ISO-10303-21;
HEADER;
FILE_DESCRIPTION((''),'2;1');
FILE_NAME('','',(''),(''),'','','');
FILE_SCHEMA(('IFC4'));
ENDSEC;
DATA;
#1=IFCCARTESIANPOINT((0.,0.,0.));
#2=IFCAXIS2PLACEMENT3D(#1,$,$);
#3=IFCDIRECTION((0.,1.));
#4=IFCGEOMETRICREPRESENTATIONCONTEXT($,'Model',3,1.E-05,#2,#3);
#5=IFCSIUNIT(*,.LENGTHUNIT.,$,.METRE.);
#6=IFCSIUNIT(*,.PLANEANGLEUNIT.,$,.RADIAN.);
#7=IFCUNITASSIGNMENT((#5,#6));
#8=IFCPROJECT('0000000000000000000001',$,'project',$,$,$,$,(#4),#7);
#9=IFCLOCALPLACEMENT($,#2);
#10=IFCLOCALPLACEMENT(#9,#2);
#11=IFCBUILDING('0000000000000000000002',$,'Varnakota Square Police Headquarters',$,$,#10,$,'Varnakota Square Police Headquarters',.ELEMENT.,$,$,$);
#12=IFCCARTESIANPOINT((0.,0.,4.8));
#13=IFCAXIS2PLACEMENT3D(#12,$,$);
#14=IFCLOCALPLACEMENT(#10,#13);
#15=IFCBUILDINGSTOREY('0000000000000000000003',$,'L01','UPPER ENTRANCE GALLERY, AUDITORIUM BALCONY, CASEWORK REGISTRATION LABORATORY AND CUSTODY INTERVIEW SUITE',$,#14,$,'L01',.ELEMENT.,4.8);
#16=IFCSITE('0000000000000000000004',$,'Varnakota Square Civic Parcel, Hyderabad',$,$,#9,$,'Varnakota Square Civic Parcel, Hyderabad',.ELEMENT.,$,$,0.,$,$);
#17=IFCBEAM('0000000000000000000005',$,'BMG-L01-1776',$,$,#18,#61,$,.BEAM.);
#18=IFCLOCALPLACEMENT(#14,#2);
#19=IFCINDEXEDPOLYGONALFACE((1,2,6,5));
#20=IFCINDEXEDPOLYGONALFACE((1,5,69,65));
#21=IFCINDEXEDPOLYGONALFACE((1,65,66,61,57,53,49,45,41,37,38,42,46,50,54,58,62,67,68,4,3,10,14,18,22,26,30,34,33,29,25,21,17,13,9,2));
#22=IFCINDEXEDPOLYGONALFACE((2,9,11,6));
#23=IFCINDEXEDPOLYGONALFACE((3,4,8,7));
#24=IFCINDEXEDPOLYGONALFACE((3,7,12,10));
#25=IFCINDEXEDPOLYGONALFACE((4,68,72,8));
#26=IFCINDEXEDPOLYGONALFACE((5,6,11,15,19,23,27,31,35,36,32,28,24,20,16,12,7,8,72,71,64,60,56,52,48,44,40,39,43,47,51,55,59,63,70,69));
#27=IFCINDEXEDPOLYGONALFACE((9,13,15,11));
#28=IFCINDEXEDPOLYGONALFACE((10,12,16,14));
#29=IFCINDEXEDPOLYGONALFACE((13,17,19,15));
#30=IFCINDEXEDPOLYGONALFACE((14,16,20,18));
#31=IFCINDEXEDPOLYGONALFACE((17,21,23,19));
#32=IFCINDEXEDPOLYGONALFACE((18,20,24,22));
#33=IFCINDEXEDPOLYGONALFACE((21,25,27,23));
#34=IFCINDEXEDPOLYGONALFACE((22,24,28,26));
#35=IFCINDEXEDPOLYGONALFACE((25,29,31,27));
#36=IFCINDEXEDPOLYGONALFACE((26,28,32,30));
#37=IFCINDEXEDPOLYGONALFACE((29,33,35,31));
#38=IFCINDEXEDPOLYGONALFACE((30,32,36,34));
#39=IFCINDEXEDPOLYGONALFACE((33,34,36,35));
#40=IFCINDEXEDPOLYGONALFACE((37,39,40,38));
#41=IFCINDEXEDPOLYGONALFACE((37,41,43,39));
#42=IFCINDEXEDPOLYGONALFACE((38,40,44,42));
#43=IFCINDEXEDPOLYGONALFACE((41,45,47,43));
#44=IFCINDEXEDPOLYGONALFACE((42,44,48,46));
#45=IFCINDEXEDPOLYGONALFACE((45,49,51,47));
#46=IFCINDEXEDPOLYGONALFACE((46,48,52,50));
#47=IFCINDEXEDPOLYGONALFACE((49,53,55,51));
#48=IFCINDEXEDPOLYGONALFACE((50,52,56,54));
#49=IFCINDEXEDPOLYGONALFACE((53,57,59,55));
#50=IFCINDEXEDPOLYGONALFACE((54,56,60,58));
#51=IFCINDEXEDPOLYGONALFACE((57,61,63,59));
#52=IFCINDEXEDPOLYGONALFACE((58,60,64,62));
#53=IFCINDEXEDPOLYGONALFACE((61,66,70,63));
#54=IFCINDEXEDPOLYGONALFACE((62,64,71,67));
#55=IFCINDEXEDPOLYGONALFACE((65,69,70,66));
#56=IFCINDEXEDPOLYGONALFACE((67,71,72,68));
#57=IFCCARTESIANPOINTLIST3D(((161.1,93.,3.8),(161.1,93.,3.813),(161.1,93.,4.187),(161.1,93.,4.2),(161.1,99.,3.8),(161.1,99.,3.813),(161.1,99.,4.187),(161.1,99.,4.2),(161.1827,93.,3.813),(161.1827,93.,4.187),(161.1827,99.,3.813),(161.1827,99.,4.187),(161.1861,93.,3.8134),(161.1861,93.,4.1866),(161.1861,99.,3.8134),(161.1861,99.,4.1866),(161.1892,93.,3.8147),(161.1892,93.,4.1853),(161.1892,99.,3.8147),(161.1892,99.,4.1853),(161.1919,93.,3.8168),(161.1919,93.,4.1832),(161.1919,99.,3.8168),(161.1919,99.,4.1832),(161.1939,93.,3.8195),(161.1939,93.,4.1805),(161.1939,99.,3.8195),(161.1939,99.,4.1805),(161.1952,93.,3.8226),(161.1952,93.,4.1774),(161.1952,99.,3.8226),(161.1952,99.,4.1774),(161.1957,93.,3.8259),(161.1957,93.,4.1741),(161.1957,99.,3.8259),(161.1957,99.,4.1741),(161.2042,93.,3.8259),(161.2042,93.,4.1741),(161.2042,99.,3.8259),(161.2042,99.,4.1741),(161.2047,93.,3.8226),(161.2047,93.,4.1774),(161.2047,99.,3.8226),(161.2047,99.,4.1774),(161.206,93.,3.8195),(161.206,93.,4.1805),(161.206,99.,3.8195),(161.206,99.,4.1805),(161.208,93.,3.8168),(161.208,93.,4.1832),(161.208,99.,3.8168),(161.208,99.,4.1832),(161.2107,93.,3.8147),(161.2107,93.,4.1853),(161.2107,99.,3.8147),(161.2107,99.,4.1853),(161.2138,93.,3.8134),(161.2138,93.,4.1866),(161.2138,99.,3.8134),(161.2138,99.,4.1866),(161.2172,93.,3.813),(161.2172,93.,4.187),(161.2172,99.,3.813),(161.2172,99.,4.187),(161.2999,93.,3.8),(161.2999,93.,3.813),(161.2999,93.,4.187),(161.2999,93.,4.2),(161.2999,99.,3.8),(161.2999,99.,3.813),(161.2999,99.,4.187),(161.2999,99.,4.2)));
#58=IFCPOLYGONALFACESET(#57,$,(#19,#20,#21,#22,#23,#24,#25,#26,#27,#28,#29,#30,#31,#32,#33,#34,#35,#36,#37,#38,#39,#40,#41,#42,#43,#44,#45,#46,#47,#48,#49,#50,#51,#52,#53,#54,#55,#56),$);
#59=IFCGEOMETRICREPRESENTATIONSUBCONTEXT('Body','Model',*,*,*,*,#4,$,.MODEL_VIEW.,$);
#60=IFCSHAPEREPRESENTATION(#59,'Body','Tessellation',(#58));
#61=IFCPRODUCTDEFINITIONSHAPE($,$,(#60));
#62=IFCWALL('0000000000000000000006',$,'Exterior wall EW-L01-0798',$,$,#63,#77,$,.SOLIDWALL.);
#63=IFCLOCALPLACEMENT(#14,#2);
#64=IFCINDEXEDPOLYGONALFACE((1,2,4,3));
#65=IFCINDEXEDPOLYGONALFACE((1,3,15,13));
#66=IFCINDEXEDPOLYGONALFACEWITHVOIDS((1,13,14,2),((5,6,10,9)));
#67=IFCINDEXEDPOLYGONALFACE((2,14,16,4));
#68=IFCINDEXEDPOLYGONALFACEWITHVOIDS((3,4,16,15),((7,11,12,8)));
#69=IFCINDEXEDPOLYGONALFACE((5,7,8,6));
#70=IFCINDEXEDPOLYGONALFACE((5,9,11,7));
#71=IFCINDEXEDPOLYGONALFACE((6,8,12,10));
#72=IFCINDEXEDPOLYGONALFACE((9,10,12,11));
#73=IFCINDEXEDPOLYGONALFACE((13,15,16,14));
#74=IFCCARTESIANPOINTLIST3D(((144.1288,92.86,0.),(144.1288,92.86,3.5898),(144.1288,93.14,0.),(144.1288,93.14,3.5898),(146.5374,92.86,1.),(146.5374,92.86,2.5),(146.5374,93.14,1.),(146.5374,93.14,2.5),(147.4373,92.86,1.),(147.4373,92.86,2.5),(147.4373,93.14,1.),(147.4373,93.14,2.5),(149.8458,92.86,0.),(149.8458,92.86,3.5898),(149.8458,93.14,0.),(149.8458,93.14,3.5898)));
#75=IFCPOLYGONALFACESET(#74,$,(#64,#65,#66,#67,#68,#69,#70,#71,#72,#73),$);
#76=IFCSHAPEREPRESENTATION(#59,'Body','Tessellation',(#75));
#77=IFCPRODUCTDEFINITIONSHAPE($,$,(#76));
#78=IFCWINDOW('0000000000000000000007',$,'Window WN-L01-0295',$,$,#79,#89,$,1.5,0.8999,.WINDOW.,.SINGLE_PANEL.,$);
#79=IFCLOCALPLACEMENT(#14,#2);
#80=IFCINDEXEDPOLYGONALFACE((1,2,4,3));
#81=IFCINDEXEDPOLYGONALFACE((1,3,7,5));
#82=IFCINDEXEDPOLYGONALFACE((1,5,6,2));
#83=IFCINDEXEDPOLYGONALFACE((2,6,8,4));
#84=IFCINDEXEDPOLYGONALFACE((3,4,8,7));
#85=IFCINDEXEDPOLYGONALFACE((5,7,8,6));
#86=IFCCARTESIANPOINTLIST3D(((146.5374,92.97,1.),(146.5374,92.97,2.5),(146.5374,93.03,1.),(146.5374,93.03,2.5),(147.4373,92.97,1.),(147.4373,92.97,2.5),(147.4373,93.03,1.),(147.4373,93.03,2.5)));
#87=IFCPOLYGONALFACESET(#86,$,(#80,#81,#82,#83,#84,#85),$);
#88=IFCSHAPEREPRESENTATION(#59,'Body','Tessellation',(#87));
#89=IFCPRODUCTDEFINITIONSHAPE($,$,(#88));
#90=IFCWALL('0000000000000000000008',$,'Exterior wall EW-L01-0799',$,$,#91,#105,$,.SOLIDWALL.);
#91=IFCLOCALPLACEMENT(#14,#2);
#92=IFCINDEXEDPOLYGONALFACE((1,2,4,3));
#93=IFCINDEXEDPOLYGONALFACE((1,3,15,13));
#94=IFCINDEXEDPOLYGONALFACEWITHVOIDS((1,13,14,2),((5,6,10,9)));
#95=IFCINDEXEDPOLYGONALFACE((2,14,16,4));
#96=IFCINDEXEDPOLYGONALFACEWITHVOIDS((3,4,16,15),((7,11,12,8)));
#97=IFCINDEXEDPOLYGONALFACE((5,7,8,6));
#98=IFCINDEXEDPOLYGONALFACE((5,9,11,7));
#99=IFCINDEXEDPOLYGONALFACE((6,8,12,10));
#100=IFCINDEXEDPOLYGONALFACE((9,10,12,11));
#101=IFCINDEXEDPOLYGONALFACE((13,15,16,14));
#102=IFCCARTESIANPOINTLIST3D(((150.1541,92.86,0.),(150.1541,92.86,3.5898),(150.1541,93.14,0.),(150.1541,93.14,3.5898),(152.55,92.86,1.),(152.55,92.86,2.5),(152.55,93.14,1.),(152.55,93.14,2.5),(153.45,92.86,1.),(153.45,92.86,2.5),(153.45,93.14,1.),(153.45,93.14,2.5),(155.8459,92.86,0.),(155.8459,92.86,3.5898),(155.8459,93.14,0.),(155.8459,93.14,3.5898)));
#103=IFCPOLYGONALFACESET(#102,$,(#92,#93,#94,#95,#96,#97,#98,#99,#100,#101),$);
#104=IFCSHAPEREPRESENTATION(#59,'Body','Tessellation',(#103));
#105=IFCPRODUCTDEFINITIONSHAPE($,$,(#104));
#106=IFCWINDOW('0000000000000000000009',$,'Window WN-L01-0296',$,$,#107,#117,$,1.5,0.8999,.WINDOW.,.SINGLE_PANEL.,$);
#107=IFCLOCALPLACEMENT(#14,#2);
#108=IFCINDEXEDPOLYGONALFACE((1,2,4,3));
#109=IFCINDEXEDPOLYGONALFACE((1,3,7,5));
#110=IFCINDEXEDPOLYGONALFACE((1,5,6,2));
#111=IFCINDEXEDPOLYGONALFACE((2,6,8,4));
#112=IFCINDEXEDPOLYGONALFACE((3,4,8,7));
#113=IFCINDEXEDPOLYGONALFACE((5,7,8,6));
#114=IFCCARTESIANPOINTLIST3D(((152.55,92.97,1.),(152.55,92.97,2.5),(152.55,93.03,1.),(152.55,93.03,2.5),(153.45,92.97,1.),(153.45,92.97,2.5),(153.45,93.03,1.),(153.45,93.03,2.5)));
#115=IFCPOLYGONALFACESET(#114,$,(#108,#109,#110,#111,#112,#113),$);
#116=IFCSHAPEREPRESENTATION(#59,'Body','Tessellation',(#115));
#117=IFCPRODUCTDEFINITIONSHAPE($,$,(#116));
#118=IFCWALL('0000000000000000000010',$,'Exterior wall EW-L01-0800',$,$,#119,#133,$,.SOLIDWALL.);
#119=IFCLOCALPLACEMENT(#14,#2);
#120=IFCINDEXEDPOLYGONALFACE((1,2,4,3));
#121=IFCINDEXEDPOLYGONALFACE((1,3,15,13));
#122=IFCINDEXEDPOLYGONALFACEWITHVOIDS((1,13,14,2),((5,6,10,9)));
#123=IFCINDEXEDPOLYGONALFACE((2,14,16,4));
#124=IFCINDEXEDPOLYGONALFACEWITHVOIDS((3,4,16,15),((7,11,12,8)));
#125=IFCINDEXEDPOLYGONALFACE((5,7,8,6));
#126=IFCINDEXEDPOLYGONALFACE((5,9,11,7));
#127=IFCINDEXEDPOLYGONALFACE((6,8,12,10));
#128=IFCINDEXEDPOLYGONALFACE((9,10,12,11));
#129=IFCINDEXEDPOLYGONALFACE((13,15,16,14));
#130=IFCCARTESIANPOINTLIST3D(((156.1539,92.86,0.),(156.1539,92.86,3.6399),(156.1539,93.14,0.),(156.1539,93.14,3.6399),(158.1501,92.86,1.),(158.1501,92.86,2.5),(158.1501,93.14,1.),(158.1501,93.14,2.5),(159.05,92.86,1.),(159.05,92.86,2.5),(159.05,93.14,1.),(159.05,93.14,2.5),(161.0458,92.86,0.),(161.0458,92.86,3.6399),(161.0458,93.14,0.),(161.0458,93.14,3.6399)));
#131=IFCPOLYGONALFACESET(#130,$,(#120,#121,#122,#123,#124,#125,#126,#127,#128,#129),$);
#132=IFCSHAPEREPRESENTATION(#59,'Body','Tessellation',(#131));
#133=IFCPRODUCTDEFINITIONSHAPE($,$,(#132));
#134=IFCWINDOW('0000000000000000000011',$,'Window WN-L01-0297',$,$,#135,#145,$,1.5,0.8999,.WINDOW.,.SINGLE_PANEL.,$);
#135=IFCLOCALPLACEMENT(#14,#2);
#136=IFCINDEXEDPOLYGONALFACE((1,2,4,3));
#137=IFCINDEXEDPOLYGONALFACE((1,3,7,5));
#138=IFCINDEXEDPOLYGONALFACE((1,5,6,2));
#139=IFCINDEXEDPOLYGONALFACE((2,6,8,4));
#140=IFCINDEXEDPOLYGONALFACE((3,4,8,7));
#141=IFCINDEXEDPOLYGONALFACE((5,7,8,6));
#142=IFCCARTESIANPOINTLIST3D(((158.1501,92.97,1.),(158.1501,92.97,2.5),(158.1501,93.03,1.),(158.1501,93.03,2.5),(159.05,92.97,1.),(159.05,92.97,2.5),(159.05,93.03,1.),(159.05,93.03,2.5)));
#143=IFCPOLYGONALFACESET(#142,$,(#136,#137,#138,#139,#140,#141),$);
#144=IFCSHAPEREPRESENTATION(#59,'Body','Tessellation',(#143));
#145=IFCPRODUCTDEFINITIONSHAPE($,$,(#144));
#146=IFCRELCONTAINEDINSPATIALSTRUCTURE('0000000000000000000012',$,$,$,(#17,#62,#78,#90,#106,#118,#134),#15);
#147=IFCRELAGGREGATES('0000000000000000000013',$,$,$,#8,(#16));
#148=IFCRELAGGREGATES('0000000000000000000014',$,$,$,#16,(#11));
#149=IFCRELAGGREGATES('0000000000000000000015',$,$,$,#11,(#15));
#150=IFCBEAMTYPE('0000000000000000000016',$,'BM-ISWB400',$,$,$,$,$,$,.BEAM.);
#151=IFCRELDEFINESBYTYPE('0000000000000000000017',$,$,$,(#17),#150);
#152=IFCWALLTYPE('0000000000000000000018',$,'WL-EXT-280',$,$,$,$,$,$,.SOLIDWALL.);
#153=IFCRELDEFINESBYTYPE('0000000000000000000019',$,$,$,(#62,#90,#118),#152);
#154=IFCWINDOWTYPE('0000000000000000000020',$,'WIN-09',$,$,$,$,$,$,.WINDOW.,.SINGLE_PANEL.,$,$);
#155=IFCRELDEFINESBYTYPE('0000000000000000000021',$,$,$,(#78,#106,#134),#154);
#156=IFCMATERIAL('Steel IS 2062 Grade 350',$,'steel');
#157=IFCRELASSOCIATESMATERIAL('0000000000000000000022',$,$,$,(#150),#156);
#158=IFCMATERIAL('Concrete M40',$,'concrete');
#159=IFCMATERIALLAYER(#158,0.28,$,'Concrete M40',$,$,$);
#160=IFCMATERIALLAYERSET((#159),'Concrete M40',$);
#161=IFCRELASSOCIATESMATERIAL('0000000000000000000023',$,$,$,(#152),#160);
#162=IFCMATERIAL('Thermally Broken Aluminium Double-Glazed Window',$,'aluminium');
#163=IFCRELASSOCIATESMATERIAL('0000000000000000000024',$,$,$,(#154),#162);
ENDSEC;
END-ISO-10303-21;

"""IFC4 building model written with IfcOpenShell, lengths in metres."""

from ifc_helpers import new_model, si_unit, direction, frame, frame_2d, origin, origin_2d, place, context, subcontext, project, spatial, rectangle, i_section, extrude, material, layer, layer_set, material_profile, profile_set, type_object, element, fill, save


model = new_model("IFC4")

# Units and contexts
model_context = context("Model", 3, precision=1e-05, world=origin(), true_north=direction((0.0, 1.0)))
body_context = subcontext(model_context, "Body", "Model", "MODEL_VIEW")
ifc_project = project(units=[si_unit("LENGTHUNIT", "METRE"), si_unit("PLANEANGLEUNIT", "RADIAN")], contexts=[model_context])

# Site, building, storey
site_placement = place(None, origin())
site = spatial("IfcSite", under=ifc_project, at=site_placement, Name="Varnakota Square Civic Parcel, Hyderabad", LongName="Varnakota Square Civic Parcel, Hyderabad", CompositionType="ELEMENT", RefElevation=0.0)
building_placement = place(site_placement, origin())
building = spatial("IfcBuilding", under=site, at=building_placement, Name="Varnakota Square Police Headquarters", LongName="Varnakota Square Police Headquarters", CompositionType="ELEMENT")
storey_placement = place(building_placement, frame((0.0, 0.0, 4.8)))
storey = spatial("IfcBuildingStorey", under=building, at=storey_placement, Name="L01", Description="UPPER ENTRANCE GALLERY, AUDITORIUM BALCONY, CASEWORK REGISTRATION LABORATORY AND CUSTODY INTERVIEW SUITE", LongName="L01", CompositionType="ELEMENT", Elevation=4.8)

# Shared definitions
ifc_material_1 = material(Name="Steel IS 2062 Grade 350", Category="steel")

# Beam
ifc_material_profile_1 = material_profile(ifc_material_1, i_section(OverallWidth=0.2, OverallDepth=0.3999, WebThickness=0.0085, FlangeThickness=0.0129, FilletRadius=0.0129, at=origin_2d()), Name="ISWB 400")
ifc_profile_set_1 = profile_set([ifc_material_profile_1], Name="Steel IS 2062 Grade 350")
beam_type_1 = type_object("IfcBeamType", Name="BM-ISWB400", PredefinedType="BEAM", material=ifc_profile_set_1)
for number, where, z_axis, x_axis, name in (
    (1, (161.2, 93.0, 4.0), (0.0, 1.0, 0.0), (-1.0, 0.0, 0.0), "BMG-L01-1776"),
):
    element("IfcBeam", number, at=place(storey_placement, frame(where, z_axis=z_axis, x_axis=x_axis)), inside=storey, type_object=beam_type_1, Name=name, PredefinedType="BEAM", context=body_context, shape_type="SweptSolid", body=[
        extrude(i_section(OverallWidth=0.2, OverallDepth=0.3999, WebThickness=0.0085, FlangeThickness=0.0129, FilletRadius=0.0129, at=origin_2d()), origin(), (0.0, 0.0, 1.0), 6.0),
    ])

# Walls, openings, windows
ifc_material_2 = material(Name="Concrete M40", Category="concrete")
ifc_layer = layer(ifc_material_2, 0.28, Name="Concrete M40")
ifc_layer_set = layer_set([ifc_layer], Name="Concrete M40")
wall_type = type_object("IfcWallType", Name="WL-EXT-280", PredefinedType="SOLIDWALL", material=ifc_layer_set)
wall_1_placement = place(storey_placement, frame((144.1289, 93.0, 0.0), z_axis=(0.0, 0.0, 1.0), x_axis=(1.0, 0.0, 0.0)))
wall_1 = element("IfcWall", 2, at=wall_1_placement, inside=storey, type_object=wall_type, Name="Exterior wall EW-L01-0798", PredefinedType="SOLIDWALL", context=body_context, shape_type="SweptSolid", body=[
    extrude(rectangle(XDim=5.717, YDim=0.28, at=frame_2d((2.8584, 0.0))), origin(), (0.0, 0.0, 1.0), 3.5898),
])
opening_1_placement = place(wall_1_placement, frame((2.4084, 0.0, 1.0)))
opening_1 = element("IfcOpeningElement", 3, at=opening_1_placement, cuts=wall_1, PredefinedType="OPENING", context=body_context, shape_type="SweptSolid", body=[
    extrude(rectangle(XDim=0.8999, YDim=1.5, at=frame_2d((0.45, 0.75))), frame((0.0, 0.1499, 0.0), z_axis=(0.0, -1.0, 0.0), x_axis=(1.0, 0.0, 0.0)), (0.0, 0.0, 1.0), 0.3),
])
ifc_material_3 = material(Name="Thermally Broken Aluminium Double-Glazed Window", Category="aluminium")
window_type = type_object("IfcWindowType", Name="WIN-09", PartitioningType="SINGLE_PANEL", PredefinedType="WINDOW", material=ifc_material_3)
window_1_placement = place(opening_1_placement, origin())
window_1 = element("IfcWindow", 4, at=window_1_placement, inside=storey, type_object=window_type, Name="Window WN-L01-0295", OverallHeight=1.5, OverallWidth=0.8999, PartitioningType="SINGLE_PANEL", PredefinedType="WINDOW", context=body_context, shape_type="SweptSolid", body=[
    extrude(rectangle(XDim=0.8999, YDim=1.5, at=frame_2d((0.45, 0.75))), frame((0.0, 0.03, 0.0), z_axis=(0.0, -1.0, 0.0), x_axis=(1.0, 0.0, 0.0)), (0.0, 0.0, 1.0), 0.0601),
])
fill(opening_1, window_1)
wall_2_placement = place(storey_placement, frame((150.1541, 93.0, 0.0), z_axis=(0.0, 0.0, 1.0), x_axis=(1.0, 0.0, 0.0)))
wall_2 = element("IfcWall", 5, at=wall_2_placement, inside=storey, type_object=wall_type, Name="Exterior wall EW-L01-0799", PredefinedType="SOLIDWALL", context=body_context, shape_type="SweptSolid", body=[
    extrude(rectangle(XDim=5.6919, YDim=0.28, at=frame_2d((2.8459, 0.0))), origin(), (0.0, 0.0, 1.0), 3.5898),
])
opening_2_placement = place(wall_2_placement, frame((2.396, 0.0, 1.0)))
opening_2 = element("IfcOpeningElement", 6, at=opening_2_placement, cuts=wall_2, PredefinedType="OPENING", context=body_context, shape_type="SweptSolid", body=[
    extrude(rectangle(XDim=0.8999, YDim=1.5, at=frame_2d((0.45, 0.75))), frame((0.0, 0.1499, 0.0), z_axis=(0.0, -1.0, 0.0), x_axis=(1.0, 0.0, 0.0)), (0.0, 0.0, 1.0), 0.3),
])
window_2_placement = place(opening_2_placement, origin())
window_2 = element("IfcWindow", 7, at=window_2_placement, inside=storey, type_object=window_type, Name="Window WN-L01-0296", OverallHeight=1.5, OverallWidth=0.8999, PartitioningType="SINGLE_PANEL", PredefinedType="WINDOW", context=body_context, shape_type="SweptSolid", body=[
    extrude(rectangle(XDim=0.8999, YDim=1.5, at=frame_2d((0.45, 0.75))), frame((0.0, 0.03, 0.0), z_axis=(0.0, -1.0, 0.0), x_axis=(1.0, 0.0, 0.0)), (0.0, 0.0, 1.0), 0.0601),
])
fill(opening_2, window_2)
wall_3_placement = place(storey_placement, frame((156.1541, 93.0, 0.0), z_axis=(0.0, 0.0, 1.0), x_axis=(1.0, 0.0, 0.0)))
wall_3 = element("IfcWall", 8, at=wall_3_placement, inside=storey, type_object=wall_type, Name="Exterior wall EW-L01-0800", PredefinedType="SOLIDWALL", context=body_context, shape_type="SweptSolid", body=[
    extrude(rectangle(XDim=4.8918, YDim=0.28, at=frame_2d((2.4458, 0.0))), origin(), (0.0, 0.0, 1.0), 3.6399),
])
opening_3_placement = place(wall_3_placement, frame((1.9961, 0.0, 1.0)))
opening_3 = element("IfcOpeningElement", 9, at=opening_3_placement, cuts=wall_3, PredefinedType="OPENING", context=body_context, shape_type="SweptSolid", body=[
    extrude(rectangle(XDim=0.8999, YDim=1.5, at=frame_2d((0.45, 0.75))), frame((0.0, 0.1499, 0.0), z_axis=(0.0, -1.0, 0.0), x_axis=(1.0, 0.0, 0.0)), (0.0, 0.0, 1.0), 0.3),
])
window_3_placement = place(opening_3_placement, origin())
window_3 = element("IfcWindow", 10, at=window_3_placement, inside=storey, type_object=window_type, Name="Window WN-L01-0297", OverallHeight=1.5, OverallWidth=0.8999, PartitioningType="SINGLE_PANEL", PredefinedType="WINDOW", context=body_context, shape_type="SweptSolid", body=[
    extrude(rectangle(XDim=0.8999, YDim=1.5, at=frame_2d((0.45, 0.75))), frame((0.0, 0.03, 0.0), z_axis=(0.0, -1.0, 0.0), x_axis=(1.0, 0.0, 0.0)), (0.0, 0.0, 1.0), 0.0601),
])
fill(opening_3, window_3)

save(model, "model.ifc")
